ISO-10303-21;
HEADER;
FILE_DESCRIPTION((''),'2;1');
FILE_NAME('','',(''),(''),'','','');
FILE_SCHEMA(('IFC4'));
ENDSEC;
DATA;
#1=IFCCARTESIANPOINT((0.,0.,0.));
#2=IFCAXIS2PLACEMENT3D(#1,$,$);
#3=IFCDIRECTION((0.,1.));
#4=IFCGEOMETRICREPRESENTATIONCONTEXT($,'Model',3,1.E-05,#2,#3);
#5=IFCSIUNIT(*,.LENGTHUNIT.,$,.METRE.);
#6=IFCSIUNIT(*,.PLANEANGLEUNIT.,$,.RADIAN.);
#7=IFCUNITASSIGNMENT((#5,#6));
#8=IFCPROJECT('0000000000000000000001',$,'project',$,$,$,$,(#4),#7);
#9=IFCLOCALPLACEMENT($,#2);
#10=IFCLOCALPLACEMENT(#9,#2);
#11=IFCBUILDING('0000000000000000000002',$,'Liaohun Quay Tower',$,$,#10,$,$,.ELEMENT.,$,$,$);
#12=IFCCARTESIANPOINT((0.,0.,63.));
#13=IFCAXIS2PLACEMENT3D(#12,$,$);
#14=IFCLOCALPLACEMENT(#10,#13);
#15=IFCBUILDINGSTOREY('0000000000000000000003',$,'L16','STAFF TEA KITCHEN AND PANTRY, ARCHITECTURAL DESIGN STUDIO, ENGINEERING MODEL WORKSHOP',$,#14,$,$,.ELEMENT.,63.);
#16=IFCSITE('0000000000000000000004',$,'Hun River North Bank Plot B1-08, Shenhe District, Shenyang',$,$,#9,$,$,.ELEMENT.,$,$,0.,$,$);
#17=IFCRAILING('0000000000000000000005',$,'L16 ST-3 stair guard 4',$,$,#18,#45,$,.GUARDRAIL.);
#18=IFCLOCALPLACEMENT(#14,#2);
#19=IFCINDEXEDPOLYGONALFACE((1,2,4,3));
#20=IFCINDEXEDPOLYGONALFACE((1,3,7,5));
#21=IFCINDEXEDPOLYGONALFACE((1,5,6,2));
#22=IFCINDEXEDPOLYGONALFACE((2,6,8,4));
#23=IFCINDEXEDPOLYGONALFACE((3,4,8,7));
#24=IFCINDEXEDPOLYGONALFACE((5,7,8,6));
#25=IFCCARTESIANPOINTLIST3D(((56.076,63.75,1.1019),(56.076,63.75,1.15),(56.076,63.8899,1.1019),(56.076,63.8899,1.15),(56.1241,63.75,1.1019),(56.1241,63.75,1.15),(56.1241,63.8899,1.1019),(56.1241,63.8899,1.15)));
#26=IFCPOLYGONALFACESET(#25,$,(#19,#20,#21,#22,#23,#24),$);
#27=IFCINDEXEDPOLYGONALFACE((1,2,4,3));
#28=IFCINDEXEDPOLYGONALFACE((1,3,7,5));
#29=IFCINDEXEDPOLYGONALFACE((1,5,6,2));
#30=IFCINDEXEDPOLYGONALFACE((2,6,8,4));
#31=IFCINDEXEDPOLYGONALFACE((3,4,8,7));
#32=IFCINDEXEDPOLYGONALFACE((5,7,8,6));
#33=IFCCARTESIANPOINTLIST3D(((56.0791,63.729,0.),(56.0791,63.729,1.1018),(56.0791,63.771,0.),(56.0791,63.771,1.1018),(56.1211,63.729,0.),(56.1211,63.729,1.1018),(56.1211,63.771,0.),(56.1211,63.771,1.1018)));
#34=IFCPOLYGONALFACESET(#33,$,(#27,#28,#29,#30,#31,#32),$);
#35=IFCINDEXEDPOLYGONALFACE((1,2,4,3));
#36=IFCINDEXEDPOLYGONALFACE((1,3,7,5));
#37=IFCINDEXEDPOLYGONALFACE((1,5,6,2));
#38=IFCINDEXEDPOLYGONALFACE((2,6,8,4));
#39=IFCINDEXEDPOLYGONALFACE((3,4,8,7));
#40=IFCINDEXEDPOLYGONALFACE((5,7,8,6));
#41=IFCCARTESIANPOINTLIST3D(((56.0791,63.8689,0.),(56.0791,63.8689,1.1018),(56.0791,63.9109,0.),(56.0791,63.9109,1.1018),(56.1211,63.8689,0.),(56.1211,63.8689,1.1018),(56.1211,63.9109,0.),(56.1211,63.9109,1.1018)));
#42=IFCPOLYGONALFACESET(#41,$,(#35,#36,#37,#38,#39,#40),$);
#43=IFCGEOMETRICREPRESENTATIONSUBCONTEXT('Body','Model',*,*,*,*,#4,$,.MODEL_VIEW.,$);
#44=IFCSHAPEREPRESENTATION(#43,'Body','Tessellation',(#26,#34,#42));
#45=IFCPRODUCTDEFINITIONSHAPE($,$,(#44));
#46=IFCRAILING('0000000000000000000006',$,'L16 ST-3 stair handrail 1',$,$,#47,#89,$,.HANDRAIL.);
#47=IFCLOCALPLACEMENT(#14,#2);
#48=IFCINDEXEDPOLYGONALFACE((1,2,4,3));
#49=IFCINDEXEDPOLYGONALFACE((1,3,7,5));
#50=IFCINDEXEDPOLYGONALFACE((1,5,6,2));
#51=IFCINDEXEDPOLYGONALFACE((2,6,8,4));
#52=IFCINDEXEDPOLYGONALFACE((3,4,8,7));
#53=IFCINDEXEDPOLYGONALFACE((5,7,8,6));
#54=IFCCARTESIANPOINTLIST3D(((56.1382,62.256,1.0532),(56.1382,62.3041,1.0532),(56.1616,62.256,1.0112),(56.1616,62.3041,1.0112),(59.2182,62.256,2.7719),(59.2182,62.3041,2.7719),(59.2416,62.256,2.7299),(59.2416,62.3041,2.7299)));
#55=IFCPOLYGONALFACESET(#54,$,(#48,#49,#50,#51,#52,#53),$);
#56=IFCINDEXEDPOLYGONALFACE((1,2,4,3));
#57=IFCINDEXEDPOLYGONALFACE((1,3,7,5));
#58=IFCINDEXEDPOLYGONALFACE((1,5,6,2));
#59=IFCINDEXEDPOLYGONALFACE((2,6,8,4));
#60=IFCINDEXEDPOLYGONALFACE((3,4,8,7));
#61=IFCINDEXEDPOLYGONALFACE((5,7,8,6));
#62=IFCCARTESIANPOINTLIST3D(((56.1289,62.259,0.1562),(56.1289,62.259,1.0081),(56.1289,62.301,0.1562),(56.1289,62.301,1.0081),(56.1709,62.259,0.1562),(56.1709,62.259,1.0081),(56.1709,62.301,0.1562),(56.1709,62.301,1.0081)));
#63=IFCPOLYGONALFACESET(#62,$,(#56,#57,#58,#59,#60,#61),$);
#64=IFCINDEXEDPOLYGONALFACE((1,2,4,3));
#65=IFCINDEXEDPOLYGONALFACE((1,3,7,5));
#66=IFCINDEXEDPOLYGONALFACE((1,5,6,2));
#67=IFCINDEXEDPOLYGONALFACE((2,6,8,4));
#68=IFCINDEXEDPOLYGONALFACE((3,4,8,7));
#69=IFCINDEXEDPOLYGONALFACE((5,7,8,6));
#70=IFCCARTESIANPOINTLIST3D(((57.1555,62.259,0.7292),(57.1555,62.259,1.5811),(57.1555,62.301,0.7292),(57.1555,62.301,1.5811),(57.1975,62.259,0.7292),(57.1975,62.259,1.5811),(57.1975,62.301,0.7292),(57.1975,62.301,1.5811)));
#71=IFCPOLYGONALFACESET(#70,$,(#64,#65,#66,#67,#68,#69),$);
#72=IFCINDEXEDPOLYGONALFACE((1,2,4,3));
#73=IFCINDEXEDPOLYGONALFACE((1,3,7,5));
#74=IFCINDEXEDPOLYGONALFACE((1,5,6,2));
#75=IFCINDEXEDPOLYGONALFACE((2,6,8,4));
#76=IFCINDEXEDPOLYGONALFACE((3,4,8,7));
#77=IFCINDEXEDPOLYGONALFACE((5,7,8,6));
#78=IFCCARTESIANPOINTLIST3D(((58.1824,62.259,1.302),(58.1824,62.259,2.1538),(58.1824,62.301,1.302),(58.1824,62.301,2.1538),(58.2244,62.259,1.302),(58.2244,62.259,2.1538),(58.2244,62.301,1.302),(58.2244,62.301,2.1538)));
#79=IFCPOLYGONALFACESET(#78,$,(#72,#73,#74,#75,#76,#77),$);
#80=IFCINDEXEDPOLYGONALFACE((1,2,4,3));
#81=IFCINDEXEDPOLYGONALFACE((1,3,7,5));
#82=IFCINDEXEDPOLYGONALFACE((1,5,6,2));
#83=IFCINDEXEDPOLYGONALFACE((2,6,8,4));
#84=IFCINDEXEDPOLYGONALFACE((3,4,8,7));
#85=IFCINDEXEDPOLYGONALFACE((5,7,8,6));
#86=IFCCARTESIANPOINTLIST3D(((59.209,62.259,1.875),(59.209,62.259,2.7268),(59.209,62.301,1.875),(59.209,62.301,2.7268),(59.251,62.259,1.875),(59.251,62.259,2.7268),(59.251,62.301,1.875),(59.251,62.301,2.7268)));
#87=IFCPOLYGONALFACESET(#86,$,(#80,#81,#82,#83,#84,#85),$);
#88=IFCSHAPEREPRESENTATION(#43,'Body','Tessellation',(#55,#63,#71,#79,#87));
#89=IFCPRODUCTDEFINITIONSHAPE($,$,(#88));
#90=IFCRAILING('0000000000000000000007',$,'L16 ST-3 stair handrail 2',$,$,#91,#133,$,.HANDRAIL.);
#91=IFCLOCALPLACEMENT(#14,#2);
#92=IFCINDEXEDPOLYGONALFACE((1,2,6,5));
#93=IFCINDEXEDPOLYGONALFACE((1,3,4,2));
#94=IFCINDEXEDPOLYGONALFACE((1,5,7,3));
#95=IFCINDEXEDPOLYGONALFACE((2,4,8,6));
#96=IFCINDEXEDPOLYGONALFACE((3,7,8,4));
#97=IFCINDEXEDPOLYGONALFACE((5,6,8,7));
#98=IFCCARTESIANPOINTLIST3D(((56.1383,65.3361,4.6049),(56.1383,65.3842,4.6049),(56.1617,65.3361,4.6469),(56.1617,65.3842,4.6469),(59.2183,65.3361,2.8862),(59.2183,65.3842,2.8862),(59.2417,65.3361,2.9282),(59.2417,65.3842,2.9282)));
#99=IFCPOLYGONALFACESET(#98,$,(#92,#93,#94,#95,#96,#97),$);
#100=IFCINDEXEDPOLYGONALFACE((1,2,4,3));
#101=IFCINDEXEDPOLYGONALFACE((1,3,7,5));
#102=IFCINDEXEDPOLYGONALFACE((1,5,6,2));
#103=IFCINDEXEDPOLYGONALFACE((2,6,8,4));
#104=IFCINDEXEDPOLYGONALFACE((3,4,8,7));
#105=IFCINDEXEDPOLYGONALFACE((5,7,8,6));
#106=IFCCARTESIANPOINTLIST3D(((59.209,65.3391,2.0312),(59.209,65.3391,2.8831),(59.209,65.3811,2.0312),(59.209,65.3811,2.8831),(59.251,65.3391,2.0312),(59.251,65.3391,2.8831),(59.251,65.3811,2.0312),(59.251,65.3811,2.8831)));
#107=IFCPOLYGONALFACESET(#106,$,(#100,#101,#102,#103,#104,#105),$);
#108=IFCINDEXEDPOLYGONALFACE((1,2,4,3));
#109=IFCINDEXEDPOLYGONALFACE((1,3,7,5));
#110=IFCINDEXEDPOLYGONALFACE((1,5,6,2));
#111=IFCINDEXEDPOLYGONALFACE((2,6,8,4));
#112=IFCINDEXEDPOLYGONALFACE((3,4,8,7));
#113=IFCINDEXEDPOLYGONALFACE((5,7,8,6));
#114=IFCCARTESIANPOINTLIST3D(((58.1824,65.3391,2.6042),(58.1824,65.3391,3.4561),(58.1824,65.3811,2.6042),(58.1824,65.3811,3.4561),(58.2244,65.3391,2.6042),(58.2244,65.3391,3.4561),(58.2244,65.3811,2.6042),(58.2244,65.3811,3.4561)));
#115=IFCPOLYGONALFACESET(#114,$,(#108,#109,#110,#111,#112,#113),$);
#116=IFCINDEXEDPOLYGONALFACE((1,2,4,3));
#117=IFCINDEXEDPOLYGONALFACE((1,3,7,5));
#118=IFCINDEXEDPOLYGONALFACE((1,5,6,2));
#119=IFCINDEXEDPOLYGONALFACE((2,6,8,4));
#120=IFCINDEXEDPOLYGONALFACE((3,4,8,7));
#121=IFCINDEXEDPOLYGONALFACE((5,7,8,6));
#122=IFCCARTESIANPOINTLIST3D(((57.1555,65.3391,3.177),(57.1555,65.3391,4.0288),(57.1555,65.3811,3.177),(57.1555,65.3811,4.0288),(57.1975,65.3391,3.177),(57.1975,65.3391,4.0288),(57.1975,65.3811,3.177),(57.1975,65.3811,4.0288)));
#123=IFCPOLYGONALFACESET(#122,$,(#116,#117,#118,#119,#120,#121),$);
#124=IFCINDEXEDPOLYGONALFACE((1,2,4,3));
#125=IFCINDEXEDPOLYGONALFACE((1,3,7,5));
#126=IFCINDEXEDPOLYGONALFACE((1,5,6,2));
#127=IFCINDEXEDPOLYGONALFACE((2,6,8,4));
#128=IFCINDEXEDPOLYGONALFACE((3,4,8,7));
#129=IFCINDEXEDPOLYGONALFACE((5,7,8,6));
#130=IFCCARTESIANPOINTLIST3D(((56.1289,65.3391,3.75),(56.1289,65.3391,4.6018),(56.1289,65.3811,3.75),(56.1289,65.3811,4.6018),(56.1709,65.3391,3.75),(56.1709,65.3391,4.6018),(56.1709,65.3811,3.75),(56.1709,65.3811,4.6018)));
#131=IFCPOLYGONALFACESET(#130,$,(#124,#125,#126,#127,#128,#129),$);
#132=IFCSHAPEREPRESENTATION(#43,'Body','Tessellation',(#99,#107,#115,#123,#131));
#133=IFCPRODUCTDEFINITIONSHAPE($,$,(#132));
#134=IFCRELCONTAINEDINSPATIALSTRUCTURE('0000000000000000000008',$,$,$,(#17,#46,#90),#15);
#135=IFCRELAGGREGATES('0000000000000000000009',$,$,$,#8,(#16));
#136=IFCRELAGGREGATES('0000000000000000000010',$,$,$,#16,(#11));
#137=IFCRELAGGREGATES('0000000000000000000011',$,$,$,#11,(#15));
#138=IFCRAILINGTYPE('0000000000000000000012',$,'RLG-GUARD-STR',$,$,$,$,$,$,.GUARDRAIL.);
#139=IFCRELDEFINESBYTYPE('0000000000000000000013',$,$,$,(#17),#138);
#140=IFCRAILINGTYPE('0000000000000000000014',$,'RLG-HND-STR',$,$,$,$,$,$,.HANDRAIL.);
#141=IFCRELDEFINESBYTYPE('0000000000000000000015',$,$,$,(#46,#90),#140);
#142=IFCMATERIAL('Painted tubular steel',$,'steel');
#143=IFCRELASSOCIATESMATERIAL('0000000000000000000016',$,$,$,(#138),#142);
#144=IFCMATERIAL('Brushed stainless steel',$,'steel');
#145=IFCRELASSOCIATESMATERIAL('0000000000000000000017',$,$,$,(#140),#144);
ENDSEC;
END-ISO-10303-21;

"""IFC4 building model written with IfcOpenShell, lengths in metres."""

from ifc_helpers import new_model, si_unit, direction, frame, origin, origin_2d, place, context, subcontext, project, spatial, rectangle, extrude, material, type_object, element, save


model = new_model("IFC4")

# Units and contexts
model_context = context("Model", 3, precision=1e-05, world=origin(), true_north=direction((0.0, 1.0)))
body_context = subcontext(model_context, "Body", "Model", "MODEL_VIEW")
ifc_project = project(units=[si_unit("LENGTHUNIT", "METRE"), si_unit("PLANEANGLEUNIT", "RADIAN")], contexts=[model_context])

# Site, building, storey
site_placement = place(None, origin())
site = spatial("IfcSite", under=ifc_project, at=site_placement, Name="Hun River North Bank Plot B1-08, Shenhe District, Shenyang", CompositionType="ELEMENT", RefElevation=0.0)
building_placement = place(site_placement, origin())
building = spatial("IfcBuilding", under=site, at=building_placement, Name="Liaohun Quay Tower", CompositionType="ELEMENT")
storey_placement = place(building_placement, frame((0.0, 0.0, 63.0)))
storey = spatial("IfcBuildingStorey", under=building, at=storey_placement, Name="L16", Description="STAFF TEA KITCHEN AND PANTRY, ARCHITECTURAL DESIGN STUDIO, ENGINEERING MODEL WORKSHOP", CompositionType="ELEMENT", Elevation=63.0)

# Railings
ifc_material_1 = material(Name="Painted tubular steel", Category="steel")
railing_type_1 = type_object("IfcRailingType", Name="RLG-GUARD-STR", PredefinedType="GUARDRAIL", material=ifc_material_1)
railing_1_placement = place(storey_placement, frame((56.1001, 63.75, 0.0)))
element("IfcRailing", 1, at=railing_1_placement, inside=storey, type_object=railing_type_1, Name="L16 ST-3 stair guard 4", PredefinedType="GUARDRAIL", context=body_context, shape_type="SweptSolid", body=[
    extrude(rectangle(XDim=0.0481, YDim=0.0481, at=origin_2d()), frame((0.0, 0.0, 1.126), z_axis=(0.0, 1.0, 0.0), x_axis=(-1.0, 0.0, 0.0)), (0.0, 0.0, 1.0), 0.1399),
    extrude(rectangle(XDim=0.042, YDim=0.042, at=origin_2d()), origin(), (0.0, 0.0, 1.0), 1.1018),
    extrude(rectangle(XDim=0.042, YDim=0.042, at=origin_2d()), frame((0.0, 0.1399, 0.0)), (0.0, 0.0, 1.0), 1.1018),
])
ifc_material_2 = material(Name="Brushed stainless steel", Category="steel")
railing_type_2 = type_object("IfcRailingType", Name="RLG-HND-STR", PredefinedType="HANDRAIL", material=ifc_material_2)
railing_2_placement = place(storey_placement, frame((56.1499, 62.28, 0.1562)))
element("IfcRailing", 2, at=railing_2_placement, inside=storey, type_object=railing_type_2, Name="L16 ST-3 stair handrail 1", PredefinedType="HANDRAIL", context=body_context, shape_type="SweptSolid", body=[
    extrude(rectangle(XDim=0.0481, YDim=0.0481, at=origin_2d()), frame((0.0, 0.0, 0.876), z_axis=(0.873242, 0.0, 0.487288), x_axis=(0.0, 1.0, 0.0)), (0.0, 0.0, 1.0), 3.5271),
    extrude(rectangle(XDim=0.042, YDim=0.042, at=origin_2d()), origin(), (0.0, 0.0, 1.0), 0.8518),
    extrude(rectangle(XDim=0.042, YDim=0.042, at=origin_2d()), frame((1.0266, 0.0, 0.573)), (0.0, 0.0, 1.0), 0.8518),
    extrude(rectangle(XDim=0.042, YDim=0.042, at=origin_2d()), frame((2.0535, 0.0, 1.1458)), (0.0, 0.0, 1.0), 0.8518),
    extrude(rectangle(XDim=0.042, YDim=0.042, at=origin_2d()), frame((3.0801, 0.0, 1.7188)), (0.0, 0.0, 1.0), 0.8518),
])
railing_3_placement = place(storey_placement, frame((59.23, 65.3601, 2.0312)))
element("IfcRailing", 3, at=railing_3_placement, inside=storey, type_object=railing_type_2, Name="L16 ST-3 stair handrail 2", PredefinedType="HANDRAIL", context=body_context, shape_type="SweptSolid", body=[
    extrude(rectangle(XDim=0.0481, YDim=0.0481, at=origin_2d()), frame((0.0, 0.0, 0.876), z_axis=(-0.873242, 0.0, 0.487288), x_axis=(0.0, -1.0, 0.0)), (0.0, 0.0, 1.0), 3.5271),
    extrude(rectangle(XDim=0.042, YDim=0.042, at=origin_2d()), origin(), (0.0, 0.0, 1.0), 0.8518),
    extrude(rectangle(XDim=0.042, YDim=0.042, at=origin_2d()), frame((-1.0266, 0.0, 0.573)), (0.0, 0.0, 1.0), 0.8518),
    extrude(rectangle(XDim=0.042, YDim=0.042, at=origin_2d()), frame((-2.0535, 0.0, 1.1458)), (0.0, 0.0, 1.0), 0.8518),
    extrude(rectangle(XDim=0.042, YDim=0.042, at=origin_2d()), frame((-3.0801, 0.0, 1.7188)), (0.0, 0.0, 1.0), 0.8518),
])

save(model, "model.ifc")
